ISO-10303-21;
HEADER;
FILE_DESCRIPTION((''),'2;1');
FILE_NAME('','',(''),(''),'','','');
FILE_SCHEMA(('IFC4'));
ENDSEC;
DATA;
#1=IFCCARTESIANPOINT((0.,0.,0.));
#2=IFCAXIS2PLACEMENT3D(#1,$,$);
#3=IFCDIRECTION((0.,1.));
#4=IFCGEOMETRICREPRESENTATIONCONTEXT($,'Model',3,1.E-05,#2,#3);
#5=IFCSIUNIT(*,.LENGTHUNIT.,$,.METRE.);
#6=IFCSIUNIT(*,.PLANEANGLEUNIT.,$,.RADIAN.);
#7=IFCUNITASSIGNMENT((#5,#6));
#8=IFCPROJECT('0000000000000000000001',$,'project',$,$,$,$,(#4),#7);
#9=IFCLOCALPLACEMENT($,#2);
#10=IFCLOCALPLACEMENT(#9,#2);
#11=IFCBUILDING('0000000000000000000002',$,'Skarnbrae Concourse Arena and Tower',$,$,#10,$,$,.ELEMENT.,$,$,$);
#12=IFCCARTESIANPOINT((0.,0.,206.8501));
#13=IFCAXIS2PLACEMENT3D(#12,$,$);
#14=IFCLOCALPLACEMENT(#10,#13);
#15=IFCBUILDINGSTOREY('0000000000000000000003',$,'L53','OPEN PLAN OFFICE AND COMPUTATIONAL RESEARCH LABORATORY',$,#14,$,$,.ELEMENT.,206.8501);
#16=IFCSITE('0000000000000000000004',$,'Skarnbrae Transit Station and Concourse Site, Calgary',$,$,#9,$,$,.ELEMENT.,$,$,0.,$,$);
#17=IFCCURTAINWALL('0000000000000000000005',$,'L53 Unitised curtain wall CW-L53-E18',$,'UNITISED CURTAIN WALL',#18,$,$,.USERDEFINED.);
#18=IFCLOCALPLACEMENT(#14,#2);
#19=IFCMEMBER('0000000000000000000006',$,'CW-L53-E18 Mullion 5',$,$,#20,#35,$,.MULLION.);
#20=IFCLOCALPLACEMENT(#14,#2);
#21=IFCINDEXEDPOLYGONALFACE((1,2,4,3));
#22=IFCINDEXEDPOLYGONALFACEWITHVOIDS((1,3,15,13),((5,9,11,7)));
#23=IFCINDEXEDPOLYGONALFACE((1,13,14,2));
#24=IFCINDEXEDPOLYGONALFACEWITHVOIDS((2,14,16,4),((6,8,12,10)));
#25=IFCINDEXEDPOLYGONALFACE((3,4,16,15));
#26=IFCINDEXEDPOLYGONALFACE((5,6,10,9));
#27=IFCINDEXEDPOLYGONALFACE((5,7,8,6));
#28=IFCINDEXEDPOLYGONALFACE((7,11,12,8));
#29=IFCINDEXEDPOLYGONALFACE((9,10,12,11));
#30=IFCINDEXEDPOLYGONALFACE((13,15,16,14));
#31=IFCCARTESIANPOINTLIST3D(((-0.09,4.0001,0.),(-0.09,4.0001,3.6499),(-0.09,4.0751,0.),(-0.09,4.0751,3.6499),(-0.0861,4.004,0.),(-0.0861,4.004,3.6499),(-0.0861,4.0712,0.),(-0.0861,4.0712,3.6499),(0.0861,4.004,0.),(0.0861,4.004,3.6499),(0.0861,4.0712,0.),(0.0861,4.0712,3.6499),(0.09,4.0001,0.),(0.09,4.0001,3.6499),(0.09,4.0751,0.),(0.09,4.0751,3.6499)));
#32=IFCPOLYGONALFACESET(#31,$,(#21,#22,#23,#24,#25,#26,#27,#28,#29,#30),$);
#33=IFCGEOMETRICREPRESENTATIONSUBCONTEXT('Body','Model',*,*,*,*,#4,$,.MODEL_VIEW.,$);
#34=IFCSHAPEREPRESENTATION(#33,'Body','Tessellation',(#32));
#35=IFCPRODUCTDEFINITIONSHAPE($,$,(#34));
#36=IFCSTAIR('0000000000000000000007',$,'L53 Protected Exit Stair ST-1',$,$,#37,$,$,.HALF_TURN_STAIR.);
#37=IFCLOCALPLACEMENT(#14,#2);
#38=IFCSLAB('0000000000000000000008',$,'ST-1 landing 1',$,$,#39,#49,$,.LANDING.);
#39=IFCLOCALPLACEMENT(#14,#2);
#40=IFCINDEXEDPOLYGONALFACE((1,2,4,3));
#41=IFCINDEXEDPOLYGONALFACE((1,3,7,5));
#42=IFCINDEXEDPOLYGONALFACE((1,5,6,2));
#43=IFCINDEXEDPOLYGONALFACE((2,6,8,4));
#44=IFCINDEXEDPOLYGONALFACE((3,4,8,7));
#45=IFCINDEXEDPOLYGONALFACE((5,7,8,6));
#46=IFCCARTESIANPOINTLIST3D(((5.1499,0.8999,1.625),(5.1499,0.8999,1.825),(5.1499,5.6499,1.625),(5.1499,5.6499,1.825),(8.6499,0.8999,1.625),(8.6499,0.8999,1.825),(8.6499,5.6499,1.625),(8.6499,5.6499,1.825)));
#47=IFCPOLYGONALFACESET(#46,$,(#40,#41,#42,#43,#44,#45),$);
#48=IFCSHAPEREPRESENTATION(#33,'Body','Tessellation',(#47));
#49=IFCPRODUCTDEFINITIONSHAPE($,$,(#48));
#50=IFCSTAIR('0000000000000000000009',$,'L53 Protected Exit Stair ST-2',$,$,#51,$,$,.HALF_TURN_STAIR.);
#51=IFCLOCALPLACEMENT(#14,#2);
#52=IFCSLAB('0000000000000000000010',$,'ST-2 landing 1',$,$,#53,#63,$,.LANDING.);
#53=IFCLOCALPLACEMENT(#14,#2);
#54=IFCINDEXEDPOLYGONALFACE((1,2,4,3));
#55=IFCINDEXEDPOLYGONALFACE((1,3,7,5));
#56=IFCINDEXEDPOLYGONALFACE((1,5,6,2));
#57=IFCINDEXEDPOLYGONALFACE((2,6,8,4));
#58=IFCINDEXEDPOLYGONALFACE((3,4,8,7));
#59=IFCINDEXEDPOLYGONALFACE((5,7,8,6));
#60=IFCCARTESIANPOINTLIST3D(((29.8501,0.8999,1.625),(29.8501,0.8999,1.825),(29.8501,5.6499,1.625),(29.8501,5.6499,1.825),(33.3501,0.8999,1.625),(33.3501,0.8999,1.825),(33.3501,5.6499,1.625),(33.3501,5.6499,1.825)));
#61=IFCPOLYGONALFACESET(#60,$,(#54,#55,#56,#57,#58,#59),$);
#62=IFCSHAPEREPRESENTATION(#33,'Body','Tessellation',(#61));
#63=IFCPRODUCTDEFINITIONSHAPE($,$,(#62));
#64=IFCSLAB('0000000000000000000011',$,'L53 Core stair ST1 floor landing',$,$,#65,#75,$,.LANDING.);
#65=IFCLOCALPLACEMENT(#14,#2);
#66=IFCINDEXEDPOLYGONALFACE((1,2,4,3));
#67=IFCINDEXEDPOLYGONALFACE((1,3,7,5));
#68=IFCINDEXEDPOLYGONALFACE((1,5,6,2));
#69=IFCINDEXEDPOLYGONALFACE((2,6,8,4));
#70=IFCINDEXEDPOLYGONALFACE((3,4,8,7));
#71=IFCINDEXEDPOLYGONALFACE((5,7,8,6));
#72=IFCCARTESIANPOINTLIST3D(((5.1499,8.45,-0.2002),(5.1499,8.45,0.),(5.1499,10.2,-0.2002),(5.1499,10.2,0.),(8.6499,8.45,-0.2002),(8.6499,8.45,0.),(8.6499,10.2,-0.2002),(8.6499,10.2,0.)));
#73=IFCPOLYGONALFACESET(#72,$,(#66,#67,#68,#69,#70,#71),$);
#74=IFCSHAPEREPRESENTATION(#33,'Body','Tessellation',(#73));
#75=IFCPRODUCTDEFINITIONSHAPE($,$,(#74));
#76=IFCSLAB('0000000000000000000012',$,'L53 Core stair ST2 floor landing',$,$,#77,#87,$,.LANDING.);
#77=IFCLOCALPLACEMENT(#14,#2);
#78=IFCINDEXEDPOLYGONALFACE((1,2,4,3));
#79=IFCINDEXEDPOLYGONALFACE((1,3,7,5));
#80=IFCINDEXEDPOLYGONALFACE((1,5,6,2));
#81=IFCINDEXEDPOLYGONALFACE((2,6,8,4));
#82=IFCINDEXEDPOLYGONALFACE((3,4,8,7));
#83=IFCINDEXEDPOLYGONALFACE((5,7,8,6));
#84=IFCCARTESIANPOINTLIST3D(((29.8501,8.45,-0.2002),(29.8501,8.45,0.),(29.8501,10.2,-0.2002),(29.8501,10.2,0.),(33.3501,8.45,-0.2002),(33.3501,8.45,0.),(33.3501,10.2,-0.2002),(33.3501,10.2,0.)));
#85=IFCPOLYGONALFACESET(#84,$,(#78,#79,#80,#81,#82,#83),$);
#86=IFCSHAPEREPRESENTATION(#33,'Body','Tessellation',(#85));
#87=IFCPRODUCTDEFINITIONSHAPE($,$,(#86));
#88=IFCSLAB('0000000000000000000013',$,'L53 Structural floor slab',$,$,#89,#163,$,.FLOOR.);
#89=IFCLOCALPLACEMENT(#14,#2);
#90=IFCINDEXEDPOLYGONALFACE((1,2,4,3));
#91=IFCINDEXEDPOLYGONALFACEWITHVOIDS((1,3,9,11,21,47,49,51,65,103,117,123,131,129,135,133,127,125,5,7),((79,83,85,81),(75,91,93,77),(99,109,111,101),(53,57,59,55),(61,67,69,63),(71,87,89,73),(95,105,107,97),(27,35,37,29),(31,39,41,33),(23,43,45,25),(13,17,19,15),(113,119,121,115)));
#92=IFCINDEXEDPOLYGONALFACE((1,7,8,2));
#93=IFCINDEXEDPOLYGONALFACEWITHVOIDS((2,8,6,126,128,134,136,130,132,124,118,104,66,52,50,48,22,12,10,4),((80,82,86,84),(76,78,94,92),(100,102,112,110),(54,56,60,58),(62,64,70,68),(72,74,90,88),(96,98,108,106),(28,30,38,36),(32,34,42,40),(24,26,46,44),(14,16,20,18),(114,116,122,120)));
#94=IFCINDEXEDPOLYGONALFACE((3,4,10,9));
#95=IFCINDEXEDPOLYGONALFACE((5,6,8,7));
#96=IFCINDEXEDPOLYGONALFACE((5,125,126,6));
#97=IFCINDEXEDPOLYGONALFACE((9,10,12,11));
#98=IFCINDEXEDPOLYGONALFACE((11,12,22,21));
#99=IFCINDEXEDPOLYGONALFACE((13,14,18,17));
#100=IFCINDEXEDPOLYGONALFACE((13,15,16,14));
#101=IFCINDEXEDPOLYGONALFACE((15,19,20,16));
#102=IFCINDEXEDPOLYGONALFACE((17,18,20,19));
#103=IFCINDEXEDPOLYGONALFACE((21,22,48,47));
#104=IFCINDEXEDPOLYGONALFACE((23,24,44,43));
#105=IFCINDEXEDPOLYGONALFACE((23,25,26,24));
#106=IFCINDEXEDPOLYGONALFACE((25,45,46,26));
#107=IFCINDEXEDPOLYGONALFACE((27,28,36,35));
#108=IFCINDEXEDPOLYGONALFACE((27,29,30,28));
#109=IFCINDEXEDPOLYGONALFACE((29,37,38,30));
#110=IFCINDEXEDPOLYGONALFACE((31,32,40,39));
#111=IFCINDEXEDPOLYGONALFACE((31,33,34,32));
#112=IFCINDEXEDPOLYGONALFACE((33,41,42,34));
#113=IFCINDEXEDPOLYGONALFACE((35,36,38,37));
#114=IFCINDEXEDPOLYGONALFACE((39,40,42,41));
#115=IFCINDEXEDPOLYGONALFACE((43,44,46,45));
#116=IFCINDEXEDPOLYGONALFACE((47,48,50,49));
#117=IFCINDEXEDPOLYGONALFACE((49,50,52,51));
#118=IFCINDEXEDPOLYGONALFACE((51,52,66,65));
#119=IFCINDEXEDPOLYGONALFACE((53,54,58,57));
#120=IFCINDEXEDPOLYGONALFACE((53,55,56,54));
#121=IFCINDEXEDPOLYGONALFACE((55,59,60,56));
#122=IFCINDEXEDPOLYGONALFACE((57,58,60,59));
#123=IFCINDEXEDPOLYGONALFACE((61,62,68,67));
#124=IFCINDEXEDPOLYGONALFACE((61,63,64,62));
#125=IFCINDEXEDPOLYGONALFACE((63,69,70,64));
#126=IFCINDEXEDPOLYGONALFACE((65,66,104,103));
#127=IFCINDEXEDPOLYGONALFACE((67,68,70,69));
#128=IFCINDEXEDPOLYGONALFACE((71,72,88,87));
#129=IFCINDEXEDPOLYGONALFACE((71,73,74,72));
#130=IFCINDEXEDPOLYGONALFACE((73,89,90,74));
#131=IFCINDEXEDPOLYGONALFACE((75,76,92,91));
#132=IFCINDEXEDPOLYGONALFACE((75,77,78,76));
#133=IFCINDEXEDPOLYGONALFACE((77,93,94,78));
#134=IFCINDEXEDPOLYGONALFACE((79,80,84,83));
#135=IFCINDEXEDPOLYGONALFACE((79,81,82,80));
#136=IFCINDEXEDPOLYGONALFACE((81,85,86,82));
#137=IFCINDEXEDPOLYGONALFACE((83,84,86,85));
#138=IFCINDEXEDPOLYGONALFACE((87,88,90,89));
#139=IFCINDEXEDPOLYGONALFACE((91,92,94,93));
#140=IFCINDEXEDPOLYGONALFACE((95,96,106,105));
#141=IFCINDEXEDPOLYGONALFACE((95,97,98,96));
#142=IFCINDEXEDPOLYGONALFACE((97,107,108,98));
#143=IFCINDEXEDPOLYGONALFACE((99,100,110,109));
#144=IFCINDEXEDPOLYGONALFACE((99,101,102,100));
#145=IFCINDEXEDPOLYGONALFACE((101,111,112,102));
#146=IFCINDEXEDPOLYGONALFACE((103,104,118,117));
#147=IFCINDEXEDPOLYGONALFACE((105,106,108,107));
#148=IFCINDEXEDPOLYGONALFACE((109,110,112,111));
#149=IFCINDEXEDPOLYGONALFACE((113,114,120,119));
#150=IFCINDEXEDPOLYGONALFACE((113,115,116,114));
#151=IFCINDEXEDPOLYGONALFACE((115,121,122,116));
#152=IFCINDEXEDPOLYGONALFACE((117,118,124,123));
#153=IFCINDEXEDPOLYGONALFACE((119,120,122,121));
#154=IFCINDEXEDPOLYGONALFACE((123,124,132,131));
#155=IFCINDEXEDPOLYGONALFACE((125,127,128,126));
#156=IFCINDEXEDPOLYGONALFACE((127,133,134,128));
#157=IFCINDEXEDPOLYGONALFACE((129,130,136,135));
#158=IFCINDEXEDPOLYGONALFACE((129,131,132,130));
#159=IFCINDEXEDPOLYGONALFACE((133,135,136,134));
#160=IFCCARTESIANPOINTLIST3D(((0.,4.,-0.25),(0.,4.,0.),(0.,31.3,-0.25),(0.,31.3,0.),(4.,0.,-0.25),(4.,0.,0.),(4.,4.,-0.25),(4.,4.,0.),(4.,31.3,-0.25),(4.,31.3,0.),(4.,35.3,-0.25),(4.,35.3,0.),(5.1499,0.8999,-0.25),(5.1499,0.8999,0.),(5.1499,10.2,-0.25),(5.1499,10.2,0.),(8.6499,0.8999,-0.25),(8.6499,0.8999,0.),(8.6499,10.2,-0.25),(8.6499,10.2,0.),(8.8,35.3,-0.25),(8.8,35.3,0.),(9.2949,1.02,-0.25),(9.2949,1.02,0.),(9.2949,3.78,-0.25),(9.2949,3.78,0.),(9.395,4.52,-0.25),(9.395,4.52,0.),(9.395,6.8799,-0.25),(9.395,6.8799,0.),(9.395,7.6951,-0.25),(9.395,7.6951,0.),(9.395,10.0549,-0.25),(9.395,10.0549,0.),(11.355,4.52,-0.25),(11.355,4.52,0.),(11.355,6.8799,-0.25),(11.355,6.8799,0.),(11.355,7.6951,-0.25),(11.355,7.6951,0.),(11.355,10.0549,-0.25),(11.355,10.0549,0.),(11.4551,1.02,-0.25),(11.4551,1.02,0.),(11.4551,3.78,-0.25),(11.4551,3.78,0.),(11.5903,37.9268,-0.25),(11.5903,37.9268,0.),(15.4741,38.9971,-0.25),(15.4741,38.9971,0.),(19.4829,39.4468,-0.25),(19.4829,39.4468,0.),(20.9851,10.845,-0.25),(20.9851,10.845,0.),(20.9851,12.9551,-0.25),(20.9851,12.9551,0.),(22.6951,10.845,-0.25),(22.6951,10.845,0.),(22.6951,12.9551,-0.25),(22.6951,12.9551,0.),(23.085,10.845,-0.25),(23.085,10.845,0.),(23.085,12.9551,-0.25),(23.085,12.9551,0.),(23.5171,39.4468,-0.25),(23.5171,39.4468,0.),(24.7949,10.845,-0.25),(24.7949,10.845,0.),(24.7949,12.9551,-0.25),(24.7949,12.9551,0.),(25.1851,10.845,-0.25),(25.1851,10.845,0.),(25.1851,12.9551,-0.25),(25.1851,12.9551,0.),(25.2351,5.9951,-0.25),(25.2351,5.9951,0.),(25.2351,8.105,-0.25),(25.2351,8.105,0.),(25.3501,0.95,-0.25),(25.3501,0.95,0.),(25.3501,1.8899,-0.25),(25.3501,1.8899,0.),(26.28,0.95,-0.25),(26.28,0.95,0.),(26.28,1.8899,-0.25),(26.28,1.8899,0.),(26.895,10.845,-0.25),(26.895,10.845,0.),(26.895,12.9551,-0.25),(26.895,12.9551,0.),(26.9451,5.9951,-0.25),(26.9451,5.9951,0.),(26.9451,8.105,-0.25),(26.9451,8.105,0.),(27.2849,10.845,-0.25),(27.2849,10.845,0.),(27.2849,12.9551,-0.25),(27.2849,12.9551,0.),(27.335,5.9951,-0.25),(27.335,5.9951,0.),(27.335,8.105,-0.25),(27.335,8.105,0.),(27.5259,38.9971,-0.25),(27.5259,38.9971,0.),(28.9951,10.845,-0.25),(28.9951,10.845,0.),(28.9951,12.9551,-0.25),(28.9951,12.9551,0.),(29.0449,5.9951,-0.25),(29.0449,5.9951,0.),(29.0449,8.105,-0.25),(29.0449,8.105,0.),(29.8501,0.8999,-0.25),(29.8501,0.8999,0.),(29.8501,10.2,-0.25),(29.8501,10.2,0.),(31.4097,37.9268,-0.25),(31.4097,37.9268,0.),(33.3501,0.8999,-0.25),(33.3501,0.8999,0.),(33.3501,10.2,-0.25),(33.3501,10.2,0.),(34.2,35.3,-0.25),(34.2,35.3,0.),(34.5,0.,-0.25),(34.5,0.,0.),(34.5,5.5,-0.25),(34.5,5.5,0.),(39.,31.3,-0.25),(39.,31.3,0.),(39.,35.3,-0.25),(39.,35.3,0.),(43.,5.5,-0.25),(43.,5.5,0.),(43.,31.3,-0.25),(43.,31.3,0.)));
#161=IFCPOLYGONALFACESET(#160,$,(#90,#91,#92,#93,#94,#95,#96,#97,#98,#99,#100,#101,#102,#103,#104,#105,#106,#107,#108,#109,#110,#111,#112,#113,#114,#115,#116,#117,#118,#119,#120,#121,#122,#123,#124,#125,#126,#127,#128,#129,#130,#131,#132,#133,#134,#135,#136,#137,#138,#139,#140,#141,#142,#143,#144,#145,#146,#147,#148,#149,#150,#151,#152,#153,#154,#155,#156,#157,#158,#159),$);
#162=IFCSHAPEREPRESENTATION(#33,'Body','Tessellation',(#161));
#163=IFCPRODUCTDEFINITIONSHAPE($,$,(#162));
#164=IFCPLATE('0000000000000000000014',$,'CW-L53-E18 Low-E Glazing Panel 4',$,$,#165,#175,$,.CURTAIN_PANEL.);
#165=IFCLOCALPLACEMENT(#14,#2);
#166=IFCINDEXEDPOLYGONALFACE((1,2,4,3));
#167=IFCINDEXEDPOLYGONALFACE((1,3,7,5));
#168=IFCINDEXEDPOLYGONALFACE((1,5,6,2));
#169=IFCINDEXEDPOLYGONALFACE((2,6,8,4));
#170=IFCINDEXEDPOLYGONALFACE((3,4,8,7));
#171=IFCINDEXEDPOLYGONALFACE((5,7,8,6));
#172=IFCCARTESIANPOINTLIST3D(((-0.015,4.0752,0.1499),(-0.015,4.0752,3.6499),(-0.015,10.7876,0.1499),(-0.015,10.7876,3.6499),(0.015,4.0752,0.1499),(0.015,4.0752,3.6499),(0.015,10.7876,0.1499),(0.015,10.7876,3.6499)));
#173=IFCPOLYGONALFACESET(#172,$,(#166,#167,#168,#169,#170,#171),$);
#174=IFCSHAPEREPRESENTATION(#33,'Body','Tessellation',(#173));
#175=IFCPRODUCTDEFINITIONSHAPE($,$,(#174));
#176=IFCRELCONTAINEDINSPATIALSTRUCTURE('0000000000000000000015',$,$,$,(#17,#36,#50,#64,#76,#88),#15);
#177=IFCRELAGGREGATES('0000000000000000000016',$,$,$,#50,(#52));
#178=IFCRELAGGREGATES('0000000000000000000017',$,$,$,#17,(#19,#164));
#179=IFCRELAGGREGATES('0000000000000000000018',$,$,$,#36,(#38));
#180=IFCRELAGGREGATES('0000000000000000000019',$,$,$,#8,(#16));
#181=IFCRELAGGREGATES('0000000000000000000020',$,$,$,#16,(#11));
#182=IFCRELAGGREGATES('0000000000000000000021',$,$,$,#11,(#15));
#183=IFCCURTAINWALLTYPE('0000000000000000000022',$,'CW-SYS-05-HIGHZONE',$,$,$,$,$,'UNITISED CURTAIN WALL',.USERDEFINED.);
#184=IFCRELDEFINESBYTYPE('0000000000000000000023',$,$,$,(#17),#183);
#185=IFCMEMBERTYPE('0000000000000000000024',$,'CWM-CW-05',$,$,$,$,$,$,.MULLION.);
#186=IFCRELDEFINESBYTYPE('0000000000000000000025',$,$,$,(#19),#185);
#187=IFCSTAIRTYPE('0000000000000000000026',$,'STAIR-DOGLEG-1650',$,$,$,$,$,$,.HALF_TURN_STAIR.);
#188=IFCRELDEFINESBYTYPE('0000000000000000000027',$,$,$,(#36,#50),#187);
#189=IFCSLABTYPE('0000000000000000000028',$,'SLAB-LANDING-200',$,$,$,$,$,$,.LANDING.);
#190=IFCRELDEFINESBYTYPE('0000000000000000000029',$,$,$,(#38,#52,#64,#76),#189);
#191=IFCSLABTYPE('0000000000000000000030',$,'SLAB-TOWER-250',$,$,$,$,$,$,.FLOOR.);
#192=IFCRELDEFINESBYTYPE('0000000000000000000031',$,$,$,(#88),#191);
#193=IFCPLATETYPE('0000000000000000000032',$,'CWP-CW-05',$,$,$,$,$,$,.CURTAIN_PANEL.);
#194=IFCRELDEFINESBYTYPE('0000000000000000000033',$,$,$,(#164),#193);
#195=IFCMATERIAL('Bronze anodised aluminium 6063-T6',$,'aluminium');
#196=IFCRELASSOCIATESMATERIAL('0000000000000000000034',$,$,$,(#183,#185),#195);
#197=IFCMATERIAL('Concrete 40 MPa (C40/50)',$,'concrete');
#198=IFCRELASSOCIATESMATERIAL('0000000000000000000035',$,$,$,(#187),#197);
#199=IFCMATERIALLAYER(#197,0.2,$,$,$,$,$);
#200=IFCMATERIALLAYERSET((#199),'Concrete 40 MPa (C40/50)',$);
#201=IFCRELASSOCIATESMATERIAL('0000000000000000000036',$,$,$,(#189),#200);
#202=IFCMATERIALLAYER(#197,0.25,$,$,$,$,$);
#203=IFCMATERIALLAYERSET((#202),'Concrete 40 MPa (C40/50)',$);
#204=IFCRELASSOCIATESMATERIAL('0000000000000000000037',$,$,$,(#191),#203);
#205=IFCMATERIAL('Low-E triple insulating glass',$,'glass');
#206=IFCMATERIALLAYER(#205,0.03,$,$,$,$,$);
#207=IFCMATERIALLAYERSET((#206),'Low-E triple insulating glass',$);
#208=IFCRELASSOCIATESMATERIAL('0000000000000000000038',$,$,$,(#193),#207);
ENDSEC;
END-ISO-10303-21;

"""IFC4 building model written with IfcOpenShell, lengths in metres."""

from ifc_helpers import new_model, si_unit, direction, frame, origin, origin_2d, place, context, subcontext, project, spatial, polyline, rectangle, hollow_rectangle, outline, extrude, source, transform, mapped, material, layer, layer_set, material_profile, profile_set, type_object, element, aggregate, save


model = new_model("IFC4")

# Units and contexts
model_context = context("Model", 3, precision=1e-05, world=origin(), true_north=direction((0.0, 1.0)))
body_context = subcontext(model_context, "Body", "Model", "MODEL_VIEW")
ifc_project = project(units=[si_unit("LENGTHUNIT", "METRE"), si_unit("PLANEANGLEUNIT", "RADIAN")], contexts=[model_context])

# Site, building, storey
site_placement = place(None, origin())
site = spatial("IfcSite", under=ifc_project, at=site_placement, Name="Skarnbrae Transit Station and Concourse Site, Calgary", CompositionType="ELEMENT", RefElevation=0.0)
building_placement = place(site_placement, origin())
building = spatial("IfcBuilding", under=site, at=building_placement, Name="Skarnbrae Concourse Arena and Tower", CompositionType="ELEMENT")
storey_placement = place(building_placement, frame((0.0, 0.0, 206.8501)))
storey = spatial("IfcBuildingStorey", under=building, at=storey_placement, Name="L53", Description="OPEN PLAN OFFICE AND COMPUTATIONAL RESEARCH LABORATORY", CompositionType="ELEMENT", Elevation=206.8501)

# Curtain wall, member
ifc_material_1 = material(Name="Bronze anodised aluminium 6063-T6", Category="aluminium")
curtain_wall_type = type_object("IfcCurtainWallType", Name="CW-SYS-05-HIGHZONE", ElementType="UNITISED CURTAIN WALL", PredefinedType="USERDEFINED", material=ifc_material_1)
curtain_wall_placement = place(storey_placement, origin())
curtain_wall = element("IfcCurtainWall", 1, at=curtain_wall_placement, inside=storey, type_object=curtain_wall_type, Name="L53 Unitised curtain wall CW-L53-E18", ObjectType="UNITISED CURTAIN WALL", PredefinedType="USERDEFINED")
ifc_material_profile = material_profile(ifc_material_1, hollow_rectangle(XDim=0.075, YDim=0.1799, WallThickness=0.0039, at=origin_2d()), Name="ALU-MULL-75X180")
ifc_profile_set = profile_set([ifc_material_profile], Name="Bronze anodised aluminium 6063-T6")
member_type = type_object("IfcMemberType", Name="CWM-CW-05", PredefinedType="MULLION", material=ifc_profile_set)
shared_shape_1 = source(origin(), body_context, "Body", "SweptSolid", [
    extrude(hollow_rectangle(XDim=0.075, YDim=0.1799, WallThickness=0.0039, at=origin_2d()), origin(), (0.0, 0.0, 1.0), 3.6499),
])
member_placement = place(storey_placement, frame((0.0, 4.0376, 0.0), z_axis=(0.0, 0.0, 1.0), x_axis=(0.0, -1.0, 0.0)))
member = element("IfcMember", 2, at=member_placement, type_object=member_type, Name="CW-L53-E18 Mullion 5", PredefinedType="MULLION", context=body_context, shape_type="MappedRepresentation", body=[
    mapped(shared_shape_1, transform((0.0, 0.0, 0.0))),
])

# Stairs, slabs
ifc_material_2 = material(Name="Concrete 40 MPa (C40/50)", Category="concrete")
stair_type = type_object("IfcStairType", Name="STAIR-DOGLEG-1650", PredefinedType="HALF_TURN_STAIR", material=ifc_material_2)
stair_1_placement = place(storey_placement, origin())
stair_1 = element("IfcStair", 3, at=stair_1_placement, inside=storey, type_object=stair_type, Name="L53 Protected Exit Stair ST-1", PredefinedType="HALF_TURN_STAIR")
ifc_layer_1 = layer(ifc_material_2, 0.2)
ifc_layer_set_1 = layer_set([ifc_layer_1], Name="Concrete 40 MPa (C40/50)")
slab_type_1 = type_object("IfcSlabType", Name="SLAB-LANDING-200", PredefinedType="LANDING", material=ifc_layer_set_1)
slab_1_placement = place(storey_placement, frame((0.0, 0.0, 1.625)))
slab_1 = element("IfcSlab", 4, at=slab_1_placement, type_object=slab_type_1, Name="ST-1 landing 1", PredefinedType="LANDING", context=body_context, shape_type="SweptSolid", body=[
    extrude(outline(polyline([(5.1499, 5.6499), (5.1499, 0.8999), (8.6499, 0.8999), (8.6499, 5.6499), (5.1499, 5.6499)])), origin(), (0.0, 0.0, 1.0), 0.2),
])
stair_2_placement = place(storey_placement, origin())
stair_2 = element("IfcStair", 5, at=stair_2_placement, inside=storey, type_object=stair_type, Name="L53 Protected Exit Stair ST-2", PredefinedType="HALF_TURN_STAIR")
slab_2_placement = place(storey_placement, frame((0.0, 0.0, 1.625)))
slab_2 = element("IfcSlab", 6, at=slab_2_placement, type_object=slab_type_1, Name="ST-2 landing 1", PredefinedType="LANDING", context=body_context, shape_type="SweptSolid", body=[
    extrude(outline(polyline([(29.8501, 5.6499), (29.8501, 0.8999), (33.3501, 0.8999), (33.3501, 5.6499), (29.8501, 5.6499)])), origin(), (0.0, 0.0, 1.0), 0.2),
])
aggregate(stair_2, [slab_2])

# Slabs
slab_3_placement = place(storey_placement, frame((0.0, 0.0, -0.2002)))
element("IfcSlab", 7, at=slab_3_placement, inside=storey, type_object=slab_type_1, Name="L53 Core stair ST1 floor landing", PredefinedType="LANDING", context=body_context, shape_type="SweptSolid", body=[
    extrude(outline(polyline([(5.1499, 10.2), (5.1499, 8.45), (8.6499, 8.45), (8.6499, 10.2), (5.1499, 10.2)])), origin(), (0.0, 0.0, 1.0), 0.2002),
])
slab_4_placement = place(storey_placement, frame((0.0, 0.0, -0.2002)))
element("IfcSlab", 8, at=slab_4_placement, inside=storey, type_object=slab_type_1, Name="L53 Core stair ST2 floor landing", PredefinedType="LANDING", context=body_context, shape_type="SweptSolid", body=[
    extrude(outline(polyline([(29.8501, 10.2), (29.8501, 8.45), (33.3501, 8.45), (33.3501, 10.2), (29.8501, 10.2)])), origin(), (0.0, 0.0, 1.0), 0.2002),
])
ifc_layer_2 = layer(ifc_material_2, 0.25)
ifc_layer_set_2 = layer_set([ifc_layer_2], Name="Concrete 40 MPa (C40/50)")
slab_type_2 = type_object("IfcSlabType", Name="SLAB-TOWER-250", PredefinedType="FLOOR", material=ifc_layer_set_2)
slab_5_placement = place(storey_placement, frame((0.0, 0.0, -0.25)))
element("IfcSlab", 9, at=slab_5_placement, inside=storey, type_object=slab_type_2, Name="L53 Structural floor slab", PredefinedType="FLOOR", context=body_context, shape_type="SweptSolid", body=[
    extrude(outline(polyline([(4.0, 0.0), (34.5, 0.0), (34.5, 5.5), (43.0, 5.5), (43.0, 31.3), (39.0, 31.3), (39.0, 35.3), (34.2, 35.3), (31.4097, 37.9268), (27.5259, 38.9971), (23.5171, 39.4468), (19.4829, 39.4468), (15.4741, 38.9971), (11.5903, 37.9268), (8.8, 35.3), (4.0, 35.3), (4.0, 31.3), (0.0, 31.3), (0.0, 4.0), (4.0, 4.0), (4.0, 0.0)]), holes=[polyline([(9.2949, 1.02), (9.2949, 3.78), (11.4551, 3.78), (11.4551, 1.02), (9.2949, 1.02)]), polyline([(8.6499, 10.2), (8.6499, 0.8999), (5.1499, 0.8999), (5.1499, 10.2), (8.6499, 10.2)]), polyline([(9.395, 6.8799), (11.355, 6.8799), (11.355, 4.52), (9.395, 4.52), (9.395, 6.8799)]), polyline([(9.395, 7.6951), (9.395, 10.0549), (11.355, 10.0549), (11.355, 7.6951), (9.395, 7.6951)]), polyline([(20.9851, 12.9551), (22.6951, 12.9551), (22.6951, 10.845), (20.9851, 10.845), (20.9851, 12.9551)]), polyline([(23.085, 12.9551), (24.7949, 12.9551), (24.7949, 10.845), (23.085, 10.845), (23.085, 12.9551)]), polyline([(25.3501, 0.95), (25.3501, 1.8899), (26.28, 1.8899), (26.28, 0.95), (25.3501, 0.95)]), polyline([(33.3501, 10.2), (33.3501, 0.8999), (29.8501, 0.8999), (29.8501, 10.2), (33.3501, 10.2)]), polyline([(25.2351, 8.105), (26.9451, 8.105), (26.9451, 5.9951), (25.2351, 5.9951), (25.2351, 8.105)]), polyline([(27.335, 5.9951), (27.335, 8.105), (29.0449, 8.105), (29.0449, 5.9951), (27.335, 5.9951)]), polyline([(25.1851, 12.9551), (26.895, 12.9551), (26.895, 10.845), (25.1851, 10.845), (25.1851, 12.9551)]), polyline([(27.2849, 12.9551), (28.9951, 12.9551), (28.9951, 10.845), (27.2849, 10.845), (27.2849, 12.9551)])]), origin(), (0.0, 0.0, 1.0), 0.25),
])

# Plate
ifc_material_3 = material(Name="Low-E triple insulating glass", Category="glass")
ifc_layer_3 = layer(ifc_material_3, 0.03)
ifc_layer_set_3 = layer_set([ifc_layer_3], Name="Low-E triple insulating glass")
plate_type = type_object("IfcPlateType", Name="CWP-CW-05", PredefinedType="CURTAIN_PANEL", material=ifc_layer_set_3)
shared_shape_2 = source(origin(), body_context, "Body", "SweptSolid", [
    extrude(rectangle(XDim=6.7124, YDim=0.03, at=origin_2d()), origin(), (0.0, 0.0, 1.0), 3.5),
])
plate_placement = place(storey_placement, frame((0.0, 7.4314, 0.1499), z_axis=(0.0, 0.0, 1.0), x_axis=(0.0, -1.0, 0.0)))
plate = element("IfcPlate", 10, at=plate_placement, type_object=plate_type, Name="CW-L53-E18 Low-E Glazing Panel 4", PredefinedType="CURTAIN_PANEL", context=body_context, shape_type="MappedRepresentation", body=[
    mapped(shared_shape_2, transform((0.0, 0.0, 0.0))),
])
aggregate(curtain_wall, [member, plate])

aggregate(stair_1, [slab_1])

save(model, "model.ifc")
